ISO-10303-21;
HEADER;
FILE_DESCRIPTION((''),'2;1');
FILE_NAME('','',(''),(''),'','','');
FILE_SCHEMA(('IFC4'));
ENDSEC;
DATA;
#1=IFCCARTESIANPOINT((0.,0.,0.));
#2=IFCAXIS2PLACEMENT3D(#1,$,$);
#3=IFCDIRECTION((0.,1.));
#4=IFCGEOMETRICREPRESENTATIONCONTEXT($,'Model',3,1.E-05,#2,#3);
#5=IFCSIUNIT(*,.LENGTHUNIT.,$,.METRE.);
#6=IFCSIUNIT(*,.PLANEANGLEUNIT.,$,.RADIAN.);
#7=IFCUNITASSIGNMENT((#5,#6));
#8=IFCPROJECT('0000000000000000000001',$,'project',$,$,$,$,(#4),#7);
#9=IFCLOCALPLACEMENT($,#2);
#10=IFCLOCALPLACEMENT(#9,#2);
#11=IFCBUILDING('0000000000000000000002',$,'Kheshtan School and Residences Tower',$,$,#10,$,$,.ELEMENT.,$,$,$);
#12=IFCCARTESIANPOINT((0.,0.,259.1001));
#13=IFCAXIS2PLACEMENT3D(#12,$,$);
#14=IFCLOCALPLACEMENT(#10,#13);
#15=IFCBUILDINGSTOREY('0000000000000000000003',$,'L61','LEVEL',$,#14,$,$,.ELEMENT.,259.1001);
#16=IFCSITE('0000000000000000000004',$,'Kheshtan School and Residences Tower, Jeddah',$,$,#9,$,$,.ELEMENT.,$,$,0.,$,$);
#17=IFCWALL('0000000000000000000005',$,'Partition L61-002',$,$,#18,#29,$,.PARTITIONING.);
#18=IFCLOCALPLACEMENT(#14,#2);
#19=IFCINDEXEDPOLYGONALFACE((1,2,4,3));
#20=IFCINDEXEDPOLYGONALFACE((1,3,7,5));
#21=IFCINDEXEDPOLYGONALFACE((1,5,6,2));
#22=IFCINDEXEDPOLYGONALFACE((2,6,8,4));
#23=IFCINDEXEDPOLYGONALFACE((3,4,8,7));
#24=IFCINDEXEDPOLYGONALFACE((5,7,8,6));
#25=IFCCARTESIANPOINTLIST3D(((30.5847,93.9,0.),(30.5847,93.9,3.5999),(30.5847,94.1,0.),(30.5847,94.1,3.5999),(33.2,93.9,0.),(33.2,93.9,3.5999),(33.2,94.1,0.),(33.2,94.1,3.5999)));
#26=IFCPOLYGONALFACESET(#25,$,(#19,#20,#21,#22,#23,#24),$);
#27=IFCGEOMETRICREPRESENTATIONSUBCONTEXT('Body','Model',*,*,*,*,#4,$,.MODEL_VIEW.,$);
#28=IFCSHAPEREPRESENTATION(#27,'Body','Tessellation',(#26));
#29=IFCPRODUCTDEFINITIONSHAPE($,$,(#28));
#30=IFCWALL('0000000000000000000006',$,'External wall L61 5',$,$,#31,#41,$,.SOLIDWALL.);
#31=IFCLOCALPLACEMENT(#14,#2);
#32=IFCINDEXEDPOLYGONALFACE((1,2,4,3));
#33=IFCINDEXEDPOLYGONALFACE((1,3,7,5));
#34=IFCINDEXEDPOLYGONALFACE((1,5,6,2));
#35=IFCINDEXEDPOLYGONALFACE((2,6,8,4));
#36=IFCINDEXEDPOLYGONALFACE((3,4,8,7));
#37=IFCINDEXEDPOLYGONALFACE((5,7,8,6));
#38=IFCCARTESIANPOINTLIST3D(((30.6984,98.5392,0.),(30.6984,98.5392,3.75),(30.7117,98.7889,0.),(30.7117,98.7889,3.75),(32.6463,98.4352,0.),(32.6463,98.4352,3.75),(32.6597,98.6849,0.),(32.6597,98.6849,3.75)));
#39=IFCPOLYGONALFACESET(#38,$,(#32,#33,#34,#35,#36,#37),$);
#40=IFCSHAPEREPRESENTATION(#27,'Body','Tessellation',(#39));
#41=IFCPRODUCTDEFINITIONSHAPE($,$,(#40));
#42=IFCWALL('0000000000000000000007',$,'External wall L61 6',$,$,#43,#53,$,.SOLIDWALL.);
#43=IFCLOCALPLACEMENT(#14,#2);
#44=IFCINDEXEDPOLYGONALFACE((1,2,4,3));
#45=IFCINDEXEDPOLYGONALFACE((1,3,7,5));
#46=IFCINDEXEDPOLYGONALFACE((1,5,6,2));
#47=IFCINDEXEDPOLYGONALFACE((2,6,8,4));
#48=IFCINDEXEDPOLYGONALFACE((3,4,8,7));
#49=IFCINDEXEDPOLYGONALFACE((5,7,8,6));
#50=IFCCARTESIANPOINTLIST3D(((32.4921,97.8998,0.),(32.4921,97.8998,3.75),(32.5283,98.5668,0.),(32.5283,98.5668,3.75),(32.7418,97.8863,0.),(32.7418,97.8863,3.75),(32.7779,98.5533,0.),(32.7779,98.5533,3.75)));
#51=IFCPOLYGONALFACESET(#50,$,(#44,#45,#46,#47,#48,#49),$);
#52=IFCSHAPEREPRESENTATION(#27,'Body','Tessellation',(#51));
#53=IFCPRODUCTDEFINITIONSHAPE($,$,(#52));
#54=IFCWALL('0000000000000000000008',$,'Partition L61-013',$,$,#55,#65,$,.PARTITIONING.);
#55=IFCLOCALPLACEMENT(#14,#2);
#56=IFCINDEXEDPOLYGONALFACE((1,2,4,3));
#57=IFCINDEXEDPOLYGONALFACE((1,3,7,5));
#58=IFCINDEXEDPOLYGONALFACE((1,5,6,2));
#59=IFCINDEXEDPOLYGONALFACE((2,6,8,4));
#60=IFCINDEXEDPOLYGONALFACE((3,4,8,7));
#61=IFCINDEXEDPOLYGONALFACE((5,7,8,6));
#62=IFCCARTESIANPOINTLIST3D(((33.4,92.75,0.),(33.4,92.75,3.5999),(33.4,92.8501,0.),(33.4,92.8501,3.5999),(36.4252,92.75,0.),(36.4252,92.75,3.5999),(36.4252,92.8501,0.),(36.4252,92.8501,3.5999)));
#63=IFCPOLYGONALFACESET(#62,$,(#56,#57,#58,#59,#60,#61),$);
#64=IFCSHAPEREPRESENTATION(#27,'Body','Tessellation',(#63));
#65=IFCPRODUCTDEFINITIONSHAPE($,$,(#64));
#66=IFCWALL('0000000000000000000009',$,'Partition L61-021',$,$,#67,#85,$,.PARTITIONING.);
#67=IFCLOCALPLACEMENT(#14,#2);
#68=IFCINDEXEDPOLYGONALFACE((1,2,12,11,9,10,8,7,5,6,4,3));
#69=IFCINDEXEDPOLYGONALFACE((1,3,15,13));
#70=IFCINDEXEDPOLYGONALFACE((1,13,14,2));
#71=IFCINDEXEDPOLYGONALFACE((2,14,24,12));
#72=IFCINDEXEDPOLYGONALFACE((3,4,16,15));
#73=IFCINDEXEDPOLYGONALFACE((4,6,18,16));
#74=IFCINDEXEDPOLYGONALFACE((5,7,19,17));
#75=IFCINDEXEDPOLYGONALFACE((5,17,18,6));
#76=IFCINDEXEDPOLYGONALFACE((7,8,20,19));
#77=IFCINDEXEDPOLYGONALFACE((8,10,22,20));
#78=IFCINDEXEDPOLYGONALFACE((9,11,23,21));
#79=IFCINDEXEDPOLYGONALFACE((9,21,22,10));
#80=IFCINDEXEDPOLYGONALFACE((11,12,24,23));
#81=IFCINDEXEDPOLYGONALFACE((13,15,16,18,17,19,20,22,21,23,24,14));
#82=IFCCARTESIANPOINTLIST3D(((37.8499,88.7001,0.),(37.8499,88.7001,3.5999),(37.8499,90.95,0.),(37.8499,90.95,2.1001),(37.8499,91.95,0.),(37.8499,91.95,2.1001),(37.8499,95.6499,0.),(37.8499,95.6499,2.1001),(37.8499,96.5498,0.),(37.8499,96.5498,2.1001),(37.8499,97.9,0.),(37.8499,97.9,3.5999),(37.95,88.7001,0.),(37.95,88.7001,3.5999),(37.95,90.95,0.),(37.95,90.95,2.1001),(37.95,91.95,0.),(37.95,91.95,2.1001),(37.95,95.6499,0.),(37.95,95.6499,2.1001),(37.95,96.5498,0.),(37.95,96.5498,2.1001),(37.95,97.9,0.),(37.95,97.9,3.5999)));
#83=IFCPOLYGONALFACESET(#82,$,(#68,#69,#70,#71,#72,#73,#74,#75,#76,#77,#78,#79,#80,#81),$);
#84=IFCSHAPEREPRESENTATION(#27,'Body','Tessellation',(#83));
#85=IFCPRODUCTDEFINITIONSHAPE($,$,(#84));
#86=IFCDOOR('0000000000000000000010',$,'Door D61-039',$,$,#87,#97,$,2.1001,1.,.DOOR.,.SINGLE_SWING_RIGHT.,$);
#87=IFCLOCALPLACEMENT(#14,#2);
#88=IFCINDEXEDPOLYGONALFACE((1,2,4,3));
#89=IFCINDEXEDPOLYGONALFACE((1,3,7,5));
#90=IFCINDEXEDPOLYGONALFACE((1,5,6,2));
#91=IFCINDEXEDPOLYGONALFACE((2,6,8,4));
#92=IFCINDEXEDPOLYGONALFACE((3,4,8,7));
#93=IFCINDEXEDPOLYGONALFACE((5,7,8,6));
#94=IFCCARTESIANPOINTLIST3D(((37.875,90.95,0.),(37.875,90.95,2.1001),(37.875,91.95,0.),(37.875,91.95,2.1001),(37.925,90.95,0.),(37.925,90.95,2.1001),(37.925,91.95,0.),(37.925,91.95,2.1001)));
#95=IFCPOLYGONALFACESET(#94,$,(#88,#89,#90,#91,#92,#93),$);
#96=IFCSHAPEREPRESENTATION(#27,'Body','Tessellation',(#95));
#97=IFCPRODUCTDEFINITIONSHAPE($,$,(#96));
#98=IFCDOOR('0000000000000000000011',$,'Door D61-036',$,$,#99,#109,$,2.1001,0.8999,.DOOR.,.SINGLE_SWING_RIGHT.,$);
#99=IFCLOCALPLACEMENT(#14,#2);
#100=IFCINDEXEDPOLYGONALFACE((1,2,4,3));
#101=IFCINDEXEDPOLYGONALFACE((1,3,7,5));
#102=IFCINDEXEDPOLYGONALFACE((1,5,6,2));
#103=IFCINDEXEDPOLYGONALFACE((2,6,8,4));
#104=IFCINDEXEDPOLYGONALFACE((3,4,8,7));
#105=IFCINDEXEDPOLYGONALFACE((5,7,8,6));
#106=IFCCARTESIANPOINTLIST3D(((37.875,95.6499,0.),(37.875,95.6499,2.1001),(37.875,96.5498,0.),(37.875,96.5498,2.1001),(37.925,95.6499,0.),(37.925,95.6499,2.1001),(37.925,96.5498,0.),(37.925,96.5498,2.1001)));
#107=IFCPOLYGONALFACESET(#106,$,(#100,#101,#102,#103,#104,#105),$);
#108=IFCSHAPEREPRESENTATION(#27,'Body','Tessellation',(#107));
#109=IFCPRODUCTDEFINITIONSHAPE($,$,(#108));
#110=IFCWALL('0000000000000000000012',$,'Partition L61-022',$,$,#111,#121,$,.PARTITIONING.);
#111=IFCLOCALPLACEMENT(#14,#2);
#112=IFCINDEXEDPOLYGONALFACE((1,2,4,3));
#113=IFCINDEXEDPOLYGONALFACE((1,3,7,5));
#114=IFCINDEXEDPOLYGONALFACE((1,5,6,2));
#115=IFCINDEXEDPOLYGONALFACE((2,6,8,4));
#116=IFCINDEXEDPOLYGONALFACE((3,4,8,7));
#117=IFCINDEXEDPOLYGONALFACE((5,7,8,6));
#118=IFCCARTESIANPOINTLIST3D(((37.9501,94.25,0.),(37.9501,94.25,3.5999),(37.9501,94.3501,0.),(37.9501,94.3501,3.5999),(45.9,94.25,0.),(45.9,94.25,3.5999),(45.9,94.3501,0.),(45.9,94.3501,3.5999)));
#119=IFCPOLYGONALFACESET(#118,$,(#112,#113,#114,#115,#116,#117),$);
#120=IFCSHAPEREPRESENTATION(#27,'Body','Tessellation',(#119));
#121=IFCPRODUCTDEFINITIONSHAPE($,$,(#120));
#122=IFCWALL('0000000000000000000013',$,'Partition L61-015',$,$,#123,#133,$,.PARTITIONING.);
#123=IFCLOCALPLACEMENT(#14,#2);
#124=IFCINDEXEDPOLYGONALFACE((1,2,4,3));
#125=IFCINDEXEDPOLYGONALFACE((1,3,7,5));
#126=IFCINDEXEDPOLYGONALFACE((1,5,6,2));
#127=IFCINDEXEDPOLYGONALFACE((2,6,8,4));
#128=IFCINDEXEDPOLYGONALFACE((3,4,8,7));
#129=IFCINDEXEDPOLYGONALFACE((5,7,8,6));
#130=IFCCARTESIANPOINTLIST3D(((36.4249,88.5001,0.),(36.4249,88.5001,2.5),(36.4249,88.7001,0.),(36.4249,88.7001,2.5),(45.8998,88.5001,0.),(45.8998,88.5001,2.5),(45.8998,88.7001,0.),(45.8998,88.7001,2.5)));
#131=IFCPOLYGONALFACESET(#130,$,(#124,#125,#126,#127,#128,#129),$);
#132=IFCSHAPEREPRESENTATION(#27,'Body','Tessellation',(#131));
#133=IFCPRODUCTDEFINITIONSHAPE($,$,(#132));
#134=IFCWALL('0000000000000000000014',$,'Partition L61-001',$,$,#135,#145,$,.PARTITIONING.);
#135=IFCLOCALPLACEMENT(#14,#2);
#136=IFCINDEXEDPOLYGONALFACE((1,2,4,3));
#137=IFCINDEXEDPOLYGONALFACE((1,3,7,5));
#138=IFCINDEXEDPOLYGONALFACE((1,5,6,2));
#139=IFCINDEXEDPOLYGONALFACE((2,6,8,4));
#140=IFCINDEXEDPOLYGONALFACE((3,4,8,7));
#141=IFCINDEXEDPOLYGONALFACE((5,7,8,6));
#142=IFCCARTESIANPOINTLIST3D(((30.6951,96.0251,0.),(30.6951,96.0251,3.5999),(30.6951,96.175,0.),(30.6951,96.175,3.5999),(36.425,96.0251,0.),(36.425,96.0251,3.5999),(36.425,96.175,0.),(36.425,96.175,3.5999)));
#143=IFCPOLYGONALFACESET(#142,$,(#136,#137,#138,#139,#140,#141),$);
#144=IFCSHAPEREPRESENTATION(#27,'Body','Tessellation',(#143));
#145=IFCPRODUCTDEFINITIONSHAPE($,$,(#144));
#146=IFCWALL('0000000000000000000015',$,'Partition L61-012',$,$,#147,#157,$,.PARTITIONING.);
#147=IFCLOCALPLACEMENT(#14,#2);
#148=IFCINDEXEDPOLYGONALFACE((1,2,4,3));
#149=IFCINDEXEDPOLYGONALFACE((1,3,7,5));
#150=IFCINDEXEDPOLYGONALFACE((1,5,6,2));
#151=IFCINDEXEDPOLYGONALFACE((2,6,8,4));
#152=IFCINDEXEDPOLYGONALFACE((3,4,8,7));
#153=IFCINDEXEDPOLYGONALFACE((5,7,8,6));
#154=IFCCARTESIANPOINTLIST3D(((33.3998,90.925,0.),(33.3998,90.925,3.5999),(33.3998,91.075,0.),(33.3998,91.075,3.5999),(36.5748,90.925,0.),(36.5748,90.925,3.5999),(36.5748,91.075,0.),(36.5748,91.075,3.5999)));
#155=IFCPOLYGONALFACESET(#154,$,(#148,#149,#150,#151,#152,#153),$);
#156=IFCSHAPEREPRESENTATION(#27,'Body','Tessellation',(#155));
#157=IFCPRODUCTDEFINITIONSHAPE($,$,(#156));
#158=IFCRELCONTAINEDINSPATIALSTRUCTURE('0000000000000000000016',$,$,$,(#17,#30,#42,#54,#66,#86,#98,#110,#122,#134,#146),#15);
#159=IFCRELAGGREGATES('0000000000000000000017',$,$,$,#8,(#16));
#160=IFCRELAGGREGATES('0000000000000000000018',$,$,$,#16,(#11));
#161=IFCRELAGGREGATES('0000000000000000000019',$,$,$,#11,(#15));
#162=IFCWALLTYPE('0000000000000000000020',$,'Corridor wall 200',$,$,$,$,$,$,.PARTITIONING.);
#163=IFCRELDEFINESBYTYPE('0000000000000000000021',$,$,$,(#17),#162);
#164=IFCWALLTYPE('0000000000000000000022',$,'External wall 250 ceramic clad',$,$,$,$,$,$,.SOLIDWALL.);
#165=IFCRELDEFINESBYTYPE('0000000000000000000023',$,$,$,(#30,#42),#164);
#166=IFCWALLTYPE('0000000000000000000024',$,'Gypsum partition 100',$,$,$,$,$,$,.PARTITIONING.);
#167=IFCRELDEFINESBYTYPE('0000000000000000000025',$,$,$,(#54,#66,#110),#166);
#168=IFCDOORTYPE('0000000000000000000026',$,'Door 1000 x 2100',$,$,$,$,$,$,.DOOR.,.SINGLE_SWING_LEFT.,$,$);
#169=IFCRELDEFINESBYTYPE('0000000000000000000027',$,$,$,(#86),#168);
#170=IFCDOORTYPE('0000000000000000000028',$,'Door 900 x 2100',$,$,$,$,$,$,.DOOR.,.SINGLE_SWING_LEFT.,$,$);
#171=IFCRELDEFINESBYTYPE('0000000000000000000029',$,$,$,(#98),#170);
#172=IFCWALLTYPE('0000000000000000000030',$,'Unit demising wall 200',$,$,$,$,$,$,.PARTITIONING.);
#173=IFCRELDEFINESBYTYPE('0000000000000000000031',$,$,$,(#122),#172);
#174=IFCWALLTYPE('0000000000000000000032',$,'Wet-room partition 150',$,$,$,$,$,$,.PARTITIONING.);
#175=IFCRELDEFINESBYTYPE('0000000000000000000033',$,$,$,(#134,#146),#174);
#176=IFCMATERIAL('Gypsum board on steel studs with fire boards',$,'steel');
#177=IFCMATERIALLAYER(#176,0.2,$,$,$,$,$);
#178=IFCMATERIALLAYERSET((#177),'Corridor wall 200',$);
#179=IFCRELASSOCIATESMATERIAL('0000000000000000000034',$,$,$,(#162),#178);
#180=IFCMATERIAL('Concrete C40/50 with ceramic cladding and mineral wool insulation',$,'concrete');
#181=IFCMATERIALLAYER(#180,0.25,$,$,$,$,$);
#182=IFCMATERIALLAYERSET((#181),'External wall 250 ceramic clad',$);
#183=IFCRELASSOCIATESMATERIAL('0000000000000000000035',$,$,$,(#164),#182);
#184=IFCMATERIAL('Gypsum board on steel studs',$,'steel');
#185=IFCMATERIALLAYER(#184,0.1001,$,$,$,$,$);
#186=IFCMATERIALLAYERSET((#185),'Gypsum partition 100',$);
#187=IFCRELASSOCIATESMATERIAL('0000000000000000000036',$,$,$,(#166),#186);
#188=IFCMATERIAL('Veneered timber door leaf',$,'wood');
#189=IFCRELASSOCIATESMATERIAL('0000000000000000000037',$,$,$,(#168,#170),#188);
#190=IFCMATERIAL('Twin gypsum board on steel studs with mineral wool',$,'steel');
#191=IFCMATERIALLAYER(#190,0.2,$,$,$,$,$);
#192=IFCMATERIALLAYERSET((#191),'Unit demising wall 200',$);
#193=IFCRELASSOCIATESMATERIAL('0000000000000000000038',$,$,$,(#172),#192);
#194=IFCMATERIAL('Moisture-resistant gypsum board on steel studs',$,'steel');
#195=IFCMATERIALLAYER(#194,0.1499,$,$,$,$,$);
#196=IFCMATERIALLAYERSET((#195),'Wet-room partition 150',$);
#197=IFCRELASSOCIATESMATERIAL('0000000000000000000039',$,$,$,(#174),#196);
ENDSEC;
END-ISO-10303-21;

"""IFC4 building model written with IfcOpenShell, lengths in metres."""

from ifc_helpers import new_model, si_unit, direction, frame, frame_2d, origin, place, context, subcontext, project, spatial, rectangle, extrude, source, transform, mapped, material, layer, layer_set, type_object, element, fill, save


model = new_model("IFC4")

# Units and contexts
model_context = context("Model", 3, precision=1e-05, world=origin(), true_north=direction((0.0, 1.0)))
body_context = subcontext(model_context, "Body", "Model", "MODEL_VIEW")
ifc_project = project(units=[si_unit("LENGTHUNIT", "METRE"), si_unit("PLANEANGLEUNIT", "RADIAN")], contexts=[model_context])

# Site, building, storey
site_placement = place(None, origin())
site = spatial("IfcSite", under=ifc_project, at=site_placement, Name="Kheshtan School and Residences Tower, Jeddah", CompositionType="ELEMENT", RefElevation=0.0)
building_placement = place(site_placement, origin())
building = spatial("IfcBuilding", under=site, at=building_placement, Name="Kheshtan School and Residences Tower", CompositionType="ELEMENT")
storey_placement = place(building_placement, frame((0.0, 0.0, 259.1001)))
storey = spatial("IfcBuildingStorey", under=building, at=storey_placement, Name="L61", Description="LEVEL", CompositionType="ELEMENT", Elevation=259.1001)

# Walls
ifc_material_1 = material(Name="Gypsum board on steel studs with fire boards", Category="steel")
ifc_layer_1 = layer(ifc_material_1, 0.2)
ifc_layer_set_1 = layer_set([ifc_layer_1], Name="Corridor wall 200")
wall_type_1 = type_object("IfcWallType", Name="Corridor wall 200", PredefinedType="PARTITIONING", material=ifc_layer_set_1)
wall_1_placement = place(storey_placement, frame((30.5847, 94.0, 0.0), z_axis=(0.0, 0.0, 1.0), x_axis=(1.0, 0.0, 0.0)))
element("IfcWall", 1, at=wall_1_placement, inside=storey, type_object=wall_type_1, Name="Partition L61-002", PredefinedType="PARTITIONING", context=body_context, shape_type="SweptSolid", body=[
    extrude(rectangle(XDim=2.6152, YDim=0.2, at=frame_2d((1.3076, 0.0))), origin(), (0.0, 0.0, 1.0), 3.5999),
])
ifc_material_2 = material(Name="Concrete C40/50 with ceramic cladding and mineral wool insulation", Category="concrete")
ifc_layer_2 = layer(ifc_material_2, 0.25)
ifc_layer_set_2 = layer_set([ifc_layer_2], Name="External wall 250 ceramic clad")
wall_type_2 = type_object("IfcWallType", Name="External wall 250 ceramic clad", PredefinedType="SOLIDWALL", material=ifc_layer_set_2)
wall_2_placement = place(storey_placement, frame((30.7051, 98.6641, 0.0), z_axis=(0.0, 0.0, 1.0), x_axis=(0.998578, -0.053314, 0.0)))
element("IfcWall", 2, at=wall_2_placement, inside=storey, type_object=wall_type_2, Name="External wall L61 5", PredefinedType="SOLIDWALL", context=body_context, shape_type="SweptSolid", body=[
    extrude(rectangle(XDim=1.9507, YDim=0.25, at=frame_2d((0.9753, 0.0))), origin(), (0.0, 0.0, 1.0), 3.75),
])
wall_3_placement = place(storey_placement, frame((32.6531, 98.5601, 0.0), z_axis=(0.0, 0.0, 1.0), x_axis=(-0.054093, -0.998536, 0.0)))
element("IfcWall", 3, at=wall_3_placement, inside=storey, type_object=wall_type_2, Name="External wall L61 6", PredefinedType="SOLIDWALL", context=body_context, shape_type="SweptSolid", body=[
    extrude(rectangle(XDim=0.668, YDim=0.25, at=frame_2d((0.334, 0.0))), origin(), (0.0, 0.0, 1.0), 3.75),
])
ifc_material_3 = material(Name="Gypsum board on steel studs", Category="steel")
ifc_layer_3 = layer(ifc_material_3, 0.1001)
ifc_layer_set_3 = layer_set([ifc_layer_3], Name="Gypsum partition 100")
wall_type_3 = type_object("IfcWallType", Name="Gypsum partition 100", PredefinedType="PARTITIONING", material=ifc_layer_set_3)
wall_4_placement = place(storey_placement, frame((33.3999, 92.8, 0.0), z_axis=(0.0, 0.0, 1.0), x_axis=(1.0, 0.0, 0.0)))
element("IfcWall", 4, at=wall_4_placement, inside=storey, type_object=wall_type_3, Name="Partition L61-013", PredefinedType="PARTITIONING", context=body_context, shape_type="SweptSolid", body=[
    extrude(rectangle(XDim=3.0251, YDim=0.1001, at=frame_2d((1.5127, 0.0))), origin(), (0.0, 0.0, 1.0), 3.5999),
])

# Wall, openings, doors
wall_5_placement = place(storey_placement, frame((37.8999, 88.7, 0.0), z_axis=(0.0, 0.0, 1.0), x_axis=(0.0, 1.0, 0.0)))
wall_5 = element("IfcWall", 5, at=wall_5_placement, inside=storey, type_object=wall_type_3, Name="Partition L61-021", PredefinedType="PARTITIONING", context=body_context, shape_type="SweptSolid", body=[
    extrude(rectangle(XDim=9.2, YDim=0.1001, at=frame_2d((4.6001, 0.0))), origin(), (0.0, 0.0, 1.0), 3.5999),
])
opening_1_placement = place(wall_5_placement, frame((6.95, 0.0, 0.0)))
opening_1 = element("IfcOpeningElement", 6, at=opening_1_placement, cuts=wall_5, PredefinedType="OPENING", context=body_context, shape_type="SweptSolid", body=[
    extrude(rectangle(XDim=0.8999, YDim=2.1001, at=frame_2d((0.45, 1.05))), frame((0.0, 0.0601, 0.0), z_axis=(0.0, -1.0, 0.0), x_axis=(1.0, 0.0, 0.0)), (0.0, 0.0, 1.0), 0.1201),
])
opening_2_placement = place(wall_5_placement, frame((2.25, 0.0, 0.0)))
opening_2 = element("IfcOpeningElement", 7, at=opening_2_placement, cuts=wall_5, PredefinedType="OPENING", context=body_context, shape_type="SweptSolid", body=[
    extrude(rectangle(XDim=1.0, YDim=2.1001, at=frame_2d((0.5, 1.05))), frame((0.0, 0.0601, 0.0), z_axis=(0.0, -1.0, 0.0), x_axis=(1.0, 0.0, 0.0)), (0.0, 0.0, 1.0), 0.1201),
])
ifc_material_4 = material(Name="Veneered timber door leaf", Category="wood")
door_type_1 = type_object("IfcDoorType", Name="Door 1000 x 2100", OperationType="SINGLE_SWING_LEFT", PredefinedType="DOOR", material=ifc_material_4)
shared_shape_1 = source(origin(), body_context, "Body", "SweptSolid", [
    extrude(rectangle(XDim=1.0, YDim=2.1001, at=frame_2d((0.5, 1.05))), frame((0.0, 0.0249, 0.0), z_axis=(0.0, -1.0, 0.0), x_axis=(1.0, 0.0, 0.0)), (0.0, 0.0, 1.0), 0.05),
])
door_1_placement = place(opening_2_placement, origin())
door_1 = element("IfcDoor", 8, at=door_1_placement, inside=storey, type_object=door_type_1, Name="Door D61-039", OperationType="SINGLE_SWING_RIGHT", OverallHeight=2.1001, OverallWidth=1.0, PredefinedType="DOOR", context=body_context, shape_type="MappedRepresentation", body=[
    mapped(shared_shape_1, transform((0.0, 0.0, 0.0), x_axis=(1.0, 0.0, 0.0), y_axis=(0.0, 1.0, 0.0), z_axis=(0.0, 0.0, 1.0), scale=1.0)),
])
fill(opening_2, door_1)
door_type_2 = type_object("IfcDoorType", Name="Door 900 x 2100", OperationType="SINGLE_SWING_LEFT", PredefinedType="DOOR", material=ifc_material_4)
shared_shape_2 = source(origin(), body_context, "Body", "SweptSolid", [
    extrude(rectangle(XDim=0.8999, YDim=2.1001, at=frame_2d((0.45, 1.05))), frame((0.0, 0.0249, 0.0), z_axis=(0.0, -1.0, 0.0), x_axis=(1.0, 0.0, 0.0)), (0.0, 0.0, 1.0), 0.05),
])
door_2_placement = place(opening_1_placement, origin())
door_2 = element("IfcDoor", 9, at=door_2_placement, inside=storey, type_object=door_type_2, Name="Door D61-036", OperationType="SINGLE_SWING_RIGHT", OverallHeight=2.1001, OverallWidth=0.8999, PredefinedType="DOOR", context=body_context, shape_type="MappedRepresentation", body=[
    mapped(shared_shape_2, transform((0.0, 0.0, 0.0), x_axis=(1.0, 0.0, 0.0), y_axis=(0.0, 1.0, 0.0), z_axis=(0.0, 0.0, 1.0), scale=1.0)),
])
fill(opening_1, door_2)

# Walls
wall_6_placement = place(storey_placement, frame((37.95, 94.3, 0.0), z_axis=(0.0, 0.0, 1.0), x_axis=(1.0, 0.0, 0.0)))
element("IfcWall", 10, at=wall_6_placement, inside=storey, type_object=wall_type_3, Name="Partition L61-022", PredefinedType="PARTITIONING", context=body_context, shape_type="SweptSolid", body=[
    extrude(rectangle(XDim=7.95, YDim=0.1001, at=frame_2d((3.9751, 0.0))), origin(), (0.0, 0.0, 1.0), 3.5999),
])
ifc_material_5 = material(Name="Twin gypsum board on steel studs with mineral wool", Category="steel")
ifc_layer_4 = layer(ifc_material_5, 0.2)
ifc_layer_set_4 = layer_set([ifc_layer_4], Name="Unit demising wall 200")
wall_type_4 = type_object("IfcWallType", Name="Unit demising wall 200", PredefinedType="PARTITIONING", material=ifc_layer_set_4)
wall_7_placement = place(storey_placement, frame((36.425, 88.6001, 0.0), z_axis=(0.0, 0.0, 1.0), x_axis=(1.0, 0.0, 0.0)))
element("IfcWall", 11, at=wall_7_placement, inside=storey, type_object=wall_type_4, Name="Partition L61-015", PredefinedType="PARTITIONING", context=body_context, shape_type="SweptSolid", body=[
    extrude(rectangle(XDim=9.4749, YDim=0.2, at=frame_2d((4.7373, 0.0))), origin(), (0.0, 0.0, 1.0), 2.5),
])
ifc_material_6 = material(Name="Moisture-resistant gypsum board on steel studs", Category="steel")
ifc_layer_5 = layer(ifc_material_6, 0.1499)
ifc_layer_set_5 = layer_set([ifc_layer_5], Name="Wet-room partition 150")
wall_type_5 = type_object("IfcWallType", Name="Wet-room partition 150", PredefinedType="PARTITIONING", material=ifc_layer_set_5)
wall_8_placement = place(storey_placement, frame((30.6951, 96.1001, 0.0), z_axis=(0.0, 0.0, 1.0), x_axis=(1.0, 0.0, 0.0)))
element("IfcWall", 12, at=wall_8_placement, inside=storey, type_object=wall_type_5, Name="Partition L61-001", PredefinedType="PARTITIONING", context=body_context, shape_type="SweptSolid", body=[
    extrude(rectangle(XDim=5.73, YDim=0.1499, at=frame_2d((2.865, 0.0))), origin(), (0.0, 0.0, 1.0), 3.5999),
])
wall_9_placement = place(storey_placement, frame((33.3999, 91.0, 0.0), z_axis=(0.0, 0.0, 1.0), x_axis=(1.0, 0.0, 0.0)))
element("IfcWall", 13, at=wall_9_placement, inside=storey, type_object=wall_type_5, Name="Partition L61-012", PredefinedType="PARTITIONING", context=body_context, shape_type="SweptSolid", body=[
    extrude(rectangle(XDim=3.175, YDim=0.1499, at=frame_2d((1.5874, 0.0))), origin(), (0.0, 0.0, 1.0), 3.5999),
])

save(model, "model.ifc")
